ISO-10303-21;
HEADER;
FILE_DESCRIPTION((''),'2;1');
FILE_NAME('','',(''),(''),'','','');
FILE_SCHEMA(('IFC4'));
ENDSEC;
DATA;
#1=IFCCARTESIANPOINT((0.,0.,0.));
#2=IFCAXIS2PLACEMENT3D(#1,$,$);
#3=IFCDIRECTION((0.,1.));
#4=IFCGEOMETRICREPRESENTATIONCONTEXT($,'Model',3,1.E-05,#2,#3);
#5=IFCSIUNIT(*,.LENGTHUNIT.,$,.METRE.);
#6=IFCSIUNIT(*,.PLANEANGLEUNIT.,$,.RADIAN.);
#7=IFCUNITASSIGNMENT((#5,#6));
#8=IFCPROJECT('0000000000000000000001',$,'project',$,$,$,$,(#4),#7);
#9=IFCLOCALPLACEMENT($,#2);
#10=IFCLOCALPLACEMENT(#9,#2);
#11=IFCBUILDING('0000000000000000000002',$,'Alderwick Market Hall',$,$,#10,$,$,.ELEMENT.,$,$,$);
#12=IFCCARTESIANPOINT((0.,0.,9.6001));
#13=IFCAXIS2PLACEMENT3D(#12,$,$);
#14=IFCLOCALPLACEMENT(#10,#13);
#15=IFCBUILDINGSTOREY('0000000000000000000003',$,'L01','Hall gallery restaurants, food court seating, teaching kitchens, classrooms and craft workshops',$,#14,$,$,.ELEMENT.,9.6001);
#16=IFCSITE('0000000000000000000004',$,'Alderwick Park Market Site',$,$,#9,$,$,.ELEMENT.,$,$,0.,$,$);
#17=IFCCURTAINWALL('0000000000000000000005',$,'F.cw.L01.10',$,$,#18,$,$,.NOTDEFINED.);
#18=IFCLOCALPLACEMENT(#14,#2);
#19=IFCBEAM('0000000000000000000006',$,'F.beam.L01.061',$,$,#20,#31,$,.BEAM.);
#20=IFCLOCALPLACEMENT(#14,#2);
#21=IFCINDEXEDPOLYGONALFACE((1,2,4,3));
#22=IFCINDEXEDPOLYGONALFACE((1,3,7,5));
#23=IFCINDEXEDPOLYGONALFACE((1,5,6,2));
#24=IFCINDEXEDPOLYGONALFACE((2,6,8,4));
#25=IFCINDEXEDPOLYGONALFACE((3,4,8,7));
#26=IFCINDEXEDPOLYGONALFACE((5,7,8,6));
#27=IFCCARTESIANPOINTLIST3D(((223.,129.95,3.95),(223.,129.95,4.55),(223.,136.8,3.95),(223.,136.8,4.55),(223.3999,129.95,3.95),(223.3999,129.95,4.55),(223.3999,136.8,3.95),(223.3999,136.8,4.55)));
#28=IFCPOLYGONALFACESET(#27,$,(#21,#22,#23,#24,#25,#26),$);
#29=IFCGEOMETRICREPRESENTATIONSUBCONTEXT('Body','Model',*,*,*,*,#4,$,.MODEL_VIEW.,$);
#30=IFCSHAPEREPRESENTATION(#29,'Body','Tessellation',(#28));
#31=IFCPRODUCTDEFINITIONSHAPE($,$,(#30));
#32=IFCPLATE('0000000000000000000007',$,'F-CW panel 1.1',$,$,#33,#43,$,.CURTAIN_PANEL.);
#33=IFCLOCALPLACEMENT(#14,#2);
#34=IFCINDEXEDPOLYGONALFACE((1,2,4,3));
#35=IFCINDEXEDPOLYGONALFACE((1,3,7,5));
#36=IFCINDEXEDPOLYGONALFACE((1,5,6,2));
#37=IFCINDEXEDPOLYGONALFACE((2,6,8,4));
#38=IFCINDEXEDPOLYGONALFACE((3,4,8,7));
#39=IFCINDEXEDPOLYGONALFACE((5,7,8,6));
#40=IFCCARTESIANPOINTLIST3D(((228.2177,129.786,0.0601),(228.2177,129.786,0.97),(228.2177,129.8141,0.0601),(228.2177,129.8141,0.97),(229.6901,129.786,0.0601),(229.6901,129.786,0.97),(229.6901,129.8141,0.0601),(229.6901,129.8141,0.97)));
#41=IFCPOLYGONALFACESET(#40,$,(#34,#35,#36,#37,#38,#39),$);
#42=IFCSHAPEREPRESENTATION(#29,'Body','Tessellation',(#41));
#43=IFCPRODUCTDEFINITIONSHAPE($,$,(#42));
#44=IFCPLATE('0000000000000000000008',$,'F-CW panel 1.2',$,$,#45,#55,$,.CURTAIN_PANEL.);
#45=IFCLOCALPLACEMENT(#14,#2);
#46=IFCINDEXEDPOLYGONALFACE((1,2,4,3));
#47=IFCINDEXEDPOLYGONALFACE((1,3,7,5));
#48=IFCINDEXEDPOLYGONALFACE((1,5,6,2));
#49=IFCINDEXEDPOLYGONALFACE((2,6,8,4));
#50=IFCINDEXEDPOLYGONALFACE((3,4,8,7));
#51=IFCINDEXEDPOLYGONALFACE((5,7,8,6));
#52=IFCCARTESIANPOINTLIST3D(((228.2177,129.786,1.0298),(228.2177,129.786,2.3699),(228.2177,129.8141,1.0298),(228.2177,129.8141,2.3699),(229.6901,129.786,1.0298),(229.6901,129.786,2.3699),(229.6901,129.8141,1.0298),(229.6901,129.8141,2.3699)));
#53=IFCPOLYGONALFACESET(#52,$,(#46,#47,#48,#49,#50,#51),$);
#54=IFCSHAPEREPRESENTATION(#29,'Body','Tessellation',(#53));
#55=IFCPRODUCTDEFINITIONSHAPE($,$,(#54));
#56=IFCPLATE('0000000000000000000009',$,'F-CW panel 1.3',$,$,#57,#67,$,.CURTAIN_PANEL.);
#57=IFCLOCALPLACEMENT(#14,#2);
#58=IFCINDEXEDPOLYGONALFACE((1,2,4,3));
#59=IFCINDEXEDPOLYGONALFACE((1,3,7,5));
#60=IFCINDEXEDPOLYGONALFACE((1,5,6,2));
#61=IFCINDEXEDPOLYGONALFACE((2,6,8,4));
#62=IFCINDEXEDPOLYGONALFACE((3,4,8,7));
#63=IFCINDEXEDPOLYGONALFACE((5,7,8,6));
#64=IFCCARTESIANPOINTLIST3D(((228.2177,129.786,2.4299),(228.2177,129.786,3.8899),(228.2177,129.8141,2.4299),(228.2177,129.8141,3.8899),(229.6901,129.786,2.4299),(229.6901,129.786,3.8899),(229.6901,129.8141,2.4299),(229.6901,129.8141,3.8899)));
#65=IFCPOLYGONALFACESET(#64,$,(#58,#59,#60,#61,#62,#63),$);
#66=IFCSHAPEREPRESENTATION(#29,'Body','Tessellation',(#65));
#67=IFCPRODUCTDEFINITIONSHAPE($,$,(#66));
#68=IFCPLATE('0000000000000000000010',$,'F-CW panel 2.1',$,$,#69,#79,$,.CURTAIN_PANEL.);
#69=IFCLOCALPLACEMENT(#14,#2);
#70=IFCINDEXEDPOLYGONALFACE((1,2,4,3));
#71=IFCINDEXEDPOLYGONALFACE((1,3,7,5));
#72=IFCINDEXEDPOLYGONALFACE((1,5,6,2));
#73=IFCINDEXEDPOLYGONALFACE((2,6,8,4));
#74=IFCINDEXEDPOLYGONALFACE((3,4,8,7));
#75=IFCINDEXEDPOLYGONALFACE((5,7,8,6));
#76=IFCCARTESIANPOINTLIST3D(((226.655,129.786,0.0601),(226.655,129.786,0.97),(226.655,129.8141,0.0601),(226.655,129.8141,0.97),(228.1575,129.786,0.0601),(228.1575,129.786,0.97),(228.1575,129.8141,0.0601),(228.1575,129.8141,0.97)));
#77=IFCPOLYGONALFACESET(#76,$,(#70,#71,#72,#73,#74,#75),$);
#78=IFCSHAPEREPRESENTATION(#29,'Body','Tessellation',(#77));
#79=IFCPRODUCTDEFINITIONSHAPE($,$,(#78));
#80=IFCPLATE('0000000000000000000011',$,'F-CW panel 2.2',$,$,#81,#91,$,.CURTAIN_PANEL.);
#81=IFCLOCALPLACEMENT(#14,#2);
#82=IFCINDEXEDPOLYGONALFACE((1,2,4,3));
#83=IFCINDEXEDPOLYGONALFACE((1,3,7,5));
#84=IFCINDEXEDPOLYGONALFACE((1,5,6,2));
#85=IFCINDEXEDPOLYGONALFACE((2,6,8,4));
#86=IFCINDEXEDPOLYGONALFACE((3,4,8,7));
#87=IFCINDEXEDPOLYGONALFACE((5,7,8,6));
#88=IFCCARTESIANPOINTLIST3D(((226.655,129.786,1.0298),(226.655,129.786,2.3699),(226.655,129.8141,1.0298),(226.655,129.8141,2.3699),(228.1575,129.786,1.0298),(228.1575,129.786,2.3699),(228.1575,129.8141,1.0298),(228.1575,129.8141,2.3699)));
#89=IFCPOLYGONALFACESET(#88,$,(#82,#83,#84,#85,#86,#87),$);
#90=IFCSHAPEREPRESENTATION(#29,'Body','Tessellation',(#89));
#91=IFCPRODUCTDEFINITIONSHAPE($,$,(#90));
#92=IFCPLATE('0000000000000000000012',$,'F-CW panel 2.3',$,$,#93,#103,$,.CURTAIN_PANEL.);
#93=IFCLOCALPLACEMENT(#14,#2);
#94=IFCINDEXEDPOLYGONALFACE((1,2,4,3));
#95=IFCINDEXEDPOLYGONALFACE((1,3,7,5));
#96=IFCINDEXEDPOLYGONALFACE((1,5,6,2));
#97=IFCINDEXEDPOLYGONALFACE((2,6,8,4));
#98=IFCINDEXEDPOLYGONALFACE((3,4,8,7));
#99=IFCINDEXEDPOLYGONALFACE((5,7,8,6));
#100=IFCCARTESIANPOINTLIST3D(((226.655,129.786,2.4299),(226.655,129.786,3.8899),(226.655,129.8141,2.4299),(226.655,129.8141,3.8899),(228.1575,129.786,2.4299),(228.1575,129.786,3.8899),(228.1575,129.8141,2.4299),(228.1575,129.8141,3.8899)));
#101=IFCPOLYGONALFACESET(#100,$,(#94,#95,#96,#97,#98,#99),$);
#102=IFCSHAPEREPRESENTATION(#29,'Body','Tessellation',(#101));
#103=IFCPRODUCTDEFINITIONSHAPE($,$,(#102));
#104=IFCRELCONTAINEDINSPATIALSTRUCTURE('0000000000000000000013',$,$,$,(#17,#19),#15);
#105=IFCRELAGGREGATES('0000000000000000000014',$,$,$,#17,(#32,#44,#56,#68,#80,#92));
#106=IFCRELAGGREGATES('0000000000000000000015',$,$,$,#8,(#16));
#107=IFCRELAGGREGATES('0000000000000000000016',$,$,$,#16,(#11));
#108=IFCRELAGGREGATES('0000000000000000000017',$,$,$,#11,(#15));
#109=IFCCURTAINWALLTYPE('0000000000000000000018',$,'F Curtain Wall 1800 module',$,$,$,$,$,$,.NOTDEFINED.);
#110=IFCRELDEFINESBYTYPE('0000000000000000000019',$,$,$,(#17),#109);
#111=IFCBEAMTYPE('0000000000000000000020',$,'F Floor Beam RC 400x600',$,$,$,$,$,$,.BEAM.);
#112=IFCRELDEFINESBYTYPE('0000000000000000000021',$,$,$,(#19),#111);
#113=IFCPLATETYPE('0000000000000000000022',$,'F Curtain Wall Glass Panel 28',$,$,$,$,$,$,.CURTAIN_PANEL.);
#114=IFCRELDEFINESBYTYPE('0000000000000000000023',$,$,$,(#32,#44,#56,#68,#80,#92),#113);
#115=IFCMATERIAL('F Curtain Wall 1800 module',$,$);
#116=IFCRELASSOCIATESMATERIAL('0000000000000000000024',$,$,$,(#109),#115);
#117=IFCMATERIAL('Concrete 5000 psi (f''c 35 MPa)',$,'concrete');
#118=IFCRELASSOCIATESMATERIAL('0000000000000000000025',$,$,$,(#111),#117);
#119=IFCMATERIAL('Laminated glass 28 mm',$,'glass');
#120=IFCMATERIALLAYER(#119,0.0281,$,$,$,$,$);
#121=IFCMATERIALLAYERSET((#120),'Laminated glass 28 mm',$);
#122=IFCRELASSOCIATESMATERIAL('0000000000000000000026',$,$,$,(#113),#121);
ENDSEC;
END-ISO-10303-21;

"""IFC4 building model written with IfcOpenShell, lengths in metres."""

from ifc_helpers import new_model, si_unit, direction, frame, origin, origin_2d, place, context, subcontext, project, spatial, rectangle, extrude, material, layer, layer_set, material_profile, profile_set, type_object, element, aggregate, save


model = new_model("IFC4")

# Units and contexts
model_context = context("Model", 3, precision=1e-05, world=origin(), true_north=direction((0.0, 1.0)))
body_context = subcontext(model_context, "Body", "Model", "MODEL_VIEW")
ifc_project = project(units=[si_unit("LENGTHUNIT", "METRE"), si_unit("PLANEANGLEUNIT", "RADIAN")], contexts=[model_context])

# Site, building, storey
site_placement = place(None, origin())
site = spatial("IfcSite", under=ifc_project, at=site_placement, Name="Alderwick Park Market Site", CompositionType="ELEMENT", RefElevation=0.0)
building_placement = place(site_placement, origin())
building = spatial("IfcBuilding", under=site, at=building_placement, Name="Alderwick Market Hall", CompositionType="ELEMENT")
storey_placement = place(building_placement, frame((0.0, 0.0, 9.6001)))
storey = spatial("IfcBuildingStorey", under=building, at=storey_placement, Name="L01", Description="Hall gallery restaurants, food court seating, teaching kitchens, classrooms and craft workshops", CompositionType="ELEMENT", Elevation=9.6001)

# Shared definitions
ifc_material_1 = material(Name="Concrete 5000 psi (f'c 35 MPa)", Category="concrete")

# Curtain wall
ifc_material_2 = material(Name="F Curtain Wall 1800 module")
curtain_wall_type = type_object("IfcCurtainWallType", Name="F Curtain Wall 1800 module", PredefinedType="NOTDEFINED", material=ifc_material_2)
curtain_wall_placement = place(storey_placement, origin())
curtain_wall = element("IfcCurtainWall", 1, at=curtain_wall_placement, inside=storey, type_object=curtain_wall_type, Name="F.cw.L01.10", PredefinedType="NOTDEFINED")

# Beam
ifc_material_profile_1 = material_profile(ifc_material_1, rectangle(XDim=0.3999, YDim=0.6001, at=origin_2d()), Name="RC 400x600")
ifc_profile_set_1 = profile_set([ifc_material_profile_1], Name="Concrete 5000 psi (f'c 35 MPa)")
beam_type = type_object("IfcBeamType", Name="F Floor Beam RC 400x600", PredefinedType="BEAM", material=ifc_profile_set_1)
for number, where, z_axis, x_axis, name in (
    (2, (223.2, 129.95, 4.25), (0.0, 1.0, 0.0), (-1.0, 0.0, 0.0), "F.beam.L01.061"),
):
    element("IfcBeam", number, at=place(storey_placement, frame(where, z_axis=z_axis, x_axis=x_axis)), inside=storey, type_object=beam_type, Name=name, PredefinedType="BEAM", context=body_context, shape_type="SweptSolid", body=[
        extrude(rectangle(XDim=0.3999, YDim=0.6001, at=origin_2d()), origin(), (0.0, 0.0, 1.0), 6.8501),
    ])

# Plates
ifc_material_3 = material(Name="Laminated glass 28 mm", Category="glass")
ifc_layer = layer(ifc_material_3, 0.0281)
ifc_layer_set = layer_set([ifc_layer], Name="Laminated glass 28 mm")
plate_type = type_object("IfcPlateType", Name="F Curtain Wall Glass Panel 28", PredefinedType="CURTAIN_PANEL", material=ifc_layer_set)
plate_1_placement = place(storey_placement, frame((228.9539, 129.8, 0.0601), z_axis=(0.0, 0.0, 1.0), x_axis=(-1.0, 0.0, 0.0)))
plate_1 = element("IfcPlate", 3, at=plate_1_placement, type_object=plate_type, Name="F-CW panel 1.1", PredefinedType="CURTAIN_PANEL", context=body_context, shape_type="SweptSolid", body=[
    extrude(rectangle(XDim=1.4724, YDim=0.0281, at=origin_2d()), origin(), (0.0, 0.0, 1.0), 0.9099),
])
plate_2_placement = place(storey_placement, frame((228.9539, 129.8, 1.0298), z_axis=(0.0, 0.0, 1.0), x_axis=(-1.0, 0.0, 0.0)))
plate_2 = element("IfcPlate", 4, at=plate_2_placement, type_object=plate_type, Name="F-CW panel 1.2", PredefinedType="CURTAIN_PANEL", context=body_context, shape_type="SweptSolid", body=[
    extrude(rectangle(XDim=1.4724, YDim=0.0281, at=origin_2d()), origin(), (0.0, 0.0, 1.0), 1.3401),
])
plate_3_placement = place(storey_placement, frame((228.9539, 129.8, 2.4299), z_axis=(0.0, 0.0, 1.0), x_axis=(-1.0, 0.0, 0.0)))
plate_3 = element("IfcPlate", 5, at=plate_3_placement, type_object=plate_type, Name="F-CW panel 1.3", PredefinedType="CURTAIN_PANEL", context=body_context, shape_type="SweptSolid", body=[
    extrude(rectangle(XDim=1.4724, YDim=0.0281, at=origin_2d()), origin(), (0.0, 0.0, 1.0), 1.46),
])
plate_4_placement = place(storey_placement, frame((227.4062, 129.8, 0.0601), z_axis=(0.0, 0.0, 1.0), x_axis=(-1.0, 0.0, 0.0)))
plate_4 = element("IfcPlate", 6, at=plate_4_placement, type_object=plate_type, Name="F-CW panel 2.1", PredefinedType="CURTAIN_PANEL", context=body_context, shape_type="SweptSolid", body=[
    extrude(rectangle(XDim=1.5024, YDim=0.0281, at=origin_2d()), origin(), (0.0, 0.0, 1.0), 0.9099),
])
plate_5_placement = place(storey_placement, frame((227.4062, 129.8, 1.0298), z_axis=(0.0, 0.0, 1.0), x_axis=(-1.0, 0.0, 0.0)))
plate_5 = element("IfcPlate", 7, at=plate_5_placement, type_object=plate_type, Name="F-CW panel 2.2", PredefinedType="CURTAIN_PANEL", context=body_context, shape_type="SweptSolid", body=[
    extrude(rectangle(XDim=1.5024, YDim=0.0281, at=origin_2d()), origin(), (0.0, 0.0, 1.0), 1.3401),
])
plate_6_placement = place(storey_placement, frame((227.4062, 129.8, 2.4299), z_axis=(0.0, 0.0, 1.0), x_axis=(-1.0, 0.0, 0.0)))
plate_6 = element("IfcPlate", 8, at=plate_6_placement, type_object=plate_type, Name="F-CW panel 2.3", PredefinedType="CURTAIN_PANEL", context=body_context, shape_type="SweptSolid", body=[
    extrude(rectangle(XDim=1.5024, YDim=0.0281, at=origin_2d()), origin(), (0.0, 0.0, 1.0), 1.46),
])
aggregate(curtain_wall, [plate_1, plate_2, plate_3, plate_4, plate_5, plate_6])

save(model, "model.ifc")
